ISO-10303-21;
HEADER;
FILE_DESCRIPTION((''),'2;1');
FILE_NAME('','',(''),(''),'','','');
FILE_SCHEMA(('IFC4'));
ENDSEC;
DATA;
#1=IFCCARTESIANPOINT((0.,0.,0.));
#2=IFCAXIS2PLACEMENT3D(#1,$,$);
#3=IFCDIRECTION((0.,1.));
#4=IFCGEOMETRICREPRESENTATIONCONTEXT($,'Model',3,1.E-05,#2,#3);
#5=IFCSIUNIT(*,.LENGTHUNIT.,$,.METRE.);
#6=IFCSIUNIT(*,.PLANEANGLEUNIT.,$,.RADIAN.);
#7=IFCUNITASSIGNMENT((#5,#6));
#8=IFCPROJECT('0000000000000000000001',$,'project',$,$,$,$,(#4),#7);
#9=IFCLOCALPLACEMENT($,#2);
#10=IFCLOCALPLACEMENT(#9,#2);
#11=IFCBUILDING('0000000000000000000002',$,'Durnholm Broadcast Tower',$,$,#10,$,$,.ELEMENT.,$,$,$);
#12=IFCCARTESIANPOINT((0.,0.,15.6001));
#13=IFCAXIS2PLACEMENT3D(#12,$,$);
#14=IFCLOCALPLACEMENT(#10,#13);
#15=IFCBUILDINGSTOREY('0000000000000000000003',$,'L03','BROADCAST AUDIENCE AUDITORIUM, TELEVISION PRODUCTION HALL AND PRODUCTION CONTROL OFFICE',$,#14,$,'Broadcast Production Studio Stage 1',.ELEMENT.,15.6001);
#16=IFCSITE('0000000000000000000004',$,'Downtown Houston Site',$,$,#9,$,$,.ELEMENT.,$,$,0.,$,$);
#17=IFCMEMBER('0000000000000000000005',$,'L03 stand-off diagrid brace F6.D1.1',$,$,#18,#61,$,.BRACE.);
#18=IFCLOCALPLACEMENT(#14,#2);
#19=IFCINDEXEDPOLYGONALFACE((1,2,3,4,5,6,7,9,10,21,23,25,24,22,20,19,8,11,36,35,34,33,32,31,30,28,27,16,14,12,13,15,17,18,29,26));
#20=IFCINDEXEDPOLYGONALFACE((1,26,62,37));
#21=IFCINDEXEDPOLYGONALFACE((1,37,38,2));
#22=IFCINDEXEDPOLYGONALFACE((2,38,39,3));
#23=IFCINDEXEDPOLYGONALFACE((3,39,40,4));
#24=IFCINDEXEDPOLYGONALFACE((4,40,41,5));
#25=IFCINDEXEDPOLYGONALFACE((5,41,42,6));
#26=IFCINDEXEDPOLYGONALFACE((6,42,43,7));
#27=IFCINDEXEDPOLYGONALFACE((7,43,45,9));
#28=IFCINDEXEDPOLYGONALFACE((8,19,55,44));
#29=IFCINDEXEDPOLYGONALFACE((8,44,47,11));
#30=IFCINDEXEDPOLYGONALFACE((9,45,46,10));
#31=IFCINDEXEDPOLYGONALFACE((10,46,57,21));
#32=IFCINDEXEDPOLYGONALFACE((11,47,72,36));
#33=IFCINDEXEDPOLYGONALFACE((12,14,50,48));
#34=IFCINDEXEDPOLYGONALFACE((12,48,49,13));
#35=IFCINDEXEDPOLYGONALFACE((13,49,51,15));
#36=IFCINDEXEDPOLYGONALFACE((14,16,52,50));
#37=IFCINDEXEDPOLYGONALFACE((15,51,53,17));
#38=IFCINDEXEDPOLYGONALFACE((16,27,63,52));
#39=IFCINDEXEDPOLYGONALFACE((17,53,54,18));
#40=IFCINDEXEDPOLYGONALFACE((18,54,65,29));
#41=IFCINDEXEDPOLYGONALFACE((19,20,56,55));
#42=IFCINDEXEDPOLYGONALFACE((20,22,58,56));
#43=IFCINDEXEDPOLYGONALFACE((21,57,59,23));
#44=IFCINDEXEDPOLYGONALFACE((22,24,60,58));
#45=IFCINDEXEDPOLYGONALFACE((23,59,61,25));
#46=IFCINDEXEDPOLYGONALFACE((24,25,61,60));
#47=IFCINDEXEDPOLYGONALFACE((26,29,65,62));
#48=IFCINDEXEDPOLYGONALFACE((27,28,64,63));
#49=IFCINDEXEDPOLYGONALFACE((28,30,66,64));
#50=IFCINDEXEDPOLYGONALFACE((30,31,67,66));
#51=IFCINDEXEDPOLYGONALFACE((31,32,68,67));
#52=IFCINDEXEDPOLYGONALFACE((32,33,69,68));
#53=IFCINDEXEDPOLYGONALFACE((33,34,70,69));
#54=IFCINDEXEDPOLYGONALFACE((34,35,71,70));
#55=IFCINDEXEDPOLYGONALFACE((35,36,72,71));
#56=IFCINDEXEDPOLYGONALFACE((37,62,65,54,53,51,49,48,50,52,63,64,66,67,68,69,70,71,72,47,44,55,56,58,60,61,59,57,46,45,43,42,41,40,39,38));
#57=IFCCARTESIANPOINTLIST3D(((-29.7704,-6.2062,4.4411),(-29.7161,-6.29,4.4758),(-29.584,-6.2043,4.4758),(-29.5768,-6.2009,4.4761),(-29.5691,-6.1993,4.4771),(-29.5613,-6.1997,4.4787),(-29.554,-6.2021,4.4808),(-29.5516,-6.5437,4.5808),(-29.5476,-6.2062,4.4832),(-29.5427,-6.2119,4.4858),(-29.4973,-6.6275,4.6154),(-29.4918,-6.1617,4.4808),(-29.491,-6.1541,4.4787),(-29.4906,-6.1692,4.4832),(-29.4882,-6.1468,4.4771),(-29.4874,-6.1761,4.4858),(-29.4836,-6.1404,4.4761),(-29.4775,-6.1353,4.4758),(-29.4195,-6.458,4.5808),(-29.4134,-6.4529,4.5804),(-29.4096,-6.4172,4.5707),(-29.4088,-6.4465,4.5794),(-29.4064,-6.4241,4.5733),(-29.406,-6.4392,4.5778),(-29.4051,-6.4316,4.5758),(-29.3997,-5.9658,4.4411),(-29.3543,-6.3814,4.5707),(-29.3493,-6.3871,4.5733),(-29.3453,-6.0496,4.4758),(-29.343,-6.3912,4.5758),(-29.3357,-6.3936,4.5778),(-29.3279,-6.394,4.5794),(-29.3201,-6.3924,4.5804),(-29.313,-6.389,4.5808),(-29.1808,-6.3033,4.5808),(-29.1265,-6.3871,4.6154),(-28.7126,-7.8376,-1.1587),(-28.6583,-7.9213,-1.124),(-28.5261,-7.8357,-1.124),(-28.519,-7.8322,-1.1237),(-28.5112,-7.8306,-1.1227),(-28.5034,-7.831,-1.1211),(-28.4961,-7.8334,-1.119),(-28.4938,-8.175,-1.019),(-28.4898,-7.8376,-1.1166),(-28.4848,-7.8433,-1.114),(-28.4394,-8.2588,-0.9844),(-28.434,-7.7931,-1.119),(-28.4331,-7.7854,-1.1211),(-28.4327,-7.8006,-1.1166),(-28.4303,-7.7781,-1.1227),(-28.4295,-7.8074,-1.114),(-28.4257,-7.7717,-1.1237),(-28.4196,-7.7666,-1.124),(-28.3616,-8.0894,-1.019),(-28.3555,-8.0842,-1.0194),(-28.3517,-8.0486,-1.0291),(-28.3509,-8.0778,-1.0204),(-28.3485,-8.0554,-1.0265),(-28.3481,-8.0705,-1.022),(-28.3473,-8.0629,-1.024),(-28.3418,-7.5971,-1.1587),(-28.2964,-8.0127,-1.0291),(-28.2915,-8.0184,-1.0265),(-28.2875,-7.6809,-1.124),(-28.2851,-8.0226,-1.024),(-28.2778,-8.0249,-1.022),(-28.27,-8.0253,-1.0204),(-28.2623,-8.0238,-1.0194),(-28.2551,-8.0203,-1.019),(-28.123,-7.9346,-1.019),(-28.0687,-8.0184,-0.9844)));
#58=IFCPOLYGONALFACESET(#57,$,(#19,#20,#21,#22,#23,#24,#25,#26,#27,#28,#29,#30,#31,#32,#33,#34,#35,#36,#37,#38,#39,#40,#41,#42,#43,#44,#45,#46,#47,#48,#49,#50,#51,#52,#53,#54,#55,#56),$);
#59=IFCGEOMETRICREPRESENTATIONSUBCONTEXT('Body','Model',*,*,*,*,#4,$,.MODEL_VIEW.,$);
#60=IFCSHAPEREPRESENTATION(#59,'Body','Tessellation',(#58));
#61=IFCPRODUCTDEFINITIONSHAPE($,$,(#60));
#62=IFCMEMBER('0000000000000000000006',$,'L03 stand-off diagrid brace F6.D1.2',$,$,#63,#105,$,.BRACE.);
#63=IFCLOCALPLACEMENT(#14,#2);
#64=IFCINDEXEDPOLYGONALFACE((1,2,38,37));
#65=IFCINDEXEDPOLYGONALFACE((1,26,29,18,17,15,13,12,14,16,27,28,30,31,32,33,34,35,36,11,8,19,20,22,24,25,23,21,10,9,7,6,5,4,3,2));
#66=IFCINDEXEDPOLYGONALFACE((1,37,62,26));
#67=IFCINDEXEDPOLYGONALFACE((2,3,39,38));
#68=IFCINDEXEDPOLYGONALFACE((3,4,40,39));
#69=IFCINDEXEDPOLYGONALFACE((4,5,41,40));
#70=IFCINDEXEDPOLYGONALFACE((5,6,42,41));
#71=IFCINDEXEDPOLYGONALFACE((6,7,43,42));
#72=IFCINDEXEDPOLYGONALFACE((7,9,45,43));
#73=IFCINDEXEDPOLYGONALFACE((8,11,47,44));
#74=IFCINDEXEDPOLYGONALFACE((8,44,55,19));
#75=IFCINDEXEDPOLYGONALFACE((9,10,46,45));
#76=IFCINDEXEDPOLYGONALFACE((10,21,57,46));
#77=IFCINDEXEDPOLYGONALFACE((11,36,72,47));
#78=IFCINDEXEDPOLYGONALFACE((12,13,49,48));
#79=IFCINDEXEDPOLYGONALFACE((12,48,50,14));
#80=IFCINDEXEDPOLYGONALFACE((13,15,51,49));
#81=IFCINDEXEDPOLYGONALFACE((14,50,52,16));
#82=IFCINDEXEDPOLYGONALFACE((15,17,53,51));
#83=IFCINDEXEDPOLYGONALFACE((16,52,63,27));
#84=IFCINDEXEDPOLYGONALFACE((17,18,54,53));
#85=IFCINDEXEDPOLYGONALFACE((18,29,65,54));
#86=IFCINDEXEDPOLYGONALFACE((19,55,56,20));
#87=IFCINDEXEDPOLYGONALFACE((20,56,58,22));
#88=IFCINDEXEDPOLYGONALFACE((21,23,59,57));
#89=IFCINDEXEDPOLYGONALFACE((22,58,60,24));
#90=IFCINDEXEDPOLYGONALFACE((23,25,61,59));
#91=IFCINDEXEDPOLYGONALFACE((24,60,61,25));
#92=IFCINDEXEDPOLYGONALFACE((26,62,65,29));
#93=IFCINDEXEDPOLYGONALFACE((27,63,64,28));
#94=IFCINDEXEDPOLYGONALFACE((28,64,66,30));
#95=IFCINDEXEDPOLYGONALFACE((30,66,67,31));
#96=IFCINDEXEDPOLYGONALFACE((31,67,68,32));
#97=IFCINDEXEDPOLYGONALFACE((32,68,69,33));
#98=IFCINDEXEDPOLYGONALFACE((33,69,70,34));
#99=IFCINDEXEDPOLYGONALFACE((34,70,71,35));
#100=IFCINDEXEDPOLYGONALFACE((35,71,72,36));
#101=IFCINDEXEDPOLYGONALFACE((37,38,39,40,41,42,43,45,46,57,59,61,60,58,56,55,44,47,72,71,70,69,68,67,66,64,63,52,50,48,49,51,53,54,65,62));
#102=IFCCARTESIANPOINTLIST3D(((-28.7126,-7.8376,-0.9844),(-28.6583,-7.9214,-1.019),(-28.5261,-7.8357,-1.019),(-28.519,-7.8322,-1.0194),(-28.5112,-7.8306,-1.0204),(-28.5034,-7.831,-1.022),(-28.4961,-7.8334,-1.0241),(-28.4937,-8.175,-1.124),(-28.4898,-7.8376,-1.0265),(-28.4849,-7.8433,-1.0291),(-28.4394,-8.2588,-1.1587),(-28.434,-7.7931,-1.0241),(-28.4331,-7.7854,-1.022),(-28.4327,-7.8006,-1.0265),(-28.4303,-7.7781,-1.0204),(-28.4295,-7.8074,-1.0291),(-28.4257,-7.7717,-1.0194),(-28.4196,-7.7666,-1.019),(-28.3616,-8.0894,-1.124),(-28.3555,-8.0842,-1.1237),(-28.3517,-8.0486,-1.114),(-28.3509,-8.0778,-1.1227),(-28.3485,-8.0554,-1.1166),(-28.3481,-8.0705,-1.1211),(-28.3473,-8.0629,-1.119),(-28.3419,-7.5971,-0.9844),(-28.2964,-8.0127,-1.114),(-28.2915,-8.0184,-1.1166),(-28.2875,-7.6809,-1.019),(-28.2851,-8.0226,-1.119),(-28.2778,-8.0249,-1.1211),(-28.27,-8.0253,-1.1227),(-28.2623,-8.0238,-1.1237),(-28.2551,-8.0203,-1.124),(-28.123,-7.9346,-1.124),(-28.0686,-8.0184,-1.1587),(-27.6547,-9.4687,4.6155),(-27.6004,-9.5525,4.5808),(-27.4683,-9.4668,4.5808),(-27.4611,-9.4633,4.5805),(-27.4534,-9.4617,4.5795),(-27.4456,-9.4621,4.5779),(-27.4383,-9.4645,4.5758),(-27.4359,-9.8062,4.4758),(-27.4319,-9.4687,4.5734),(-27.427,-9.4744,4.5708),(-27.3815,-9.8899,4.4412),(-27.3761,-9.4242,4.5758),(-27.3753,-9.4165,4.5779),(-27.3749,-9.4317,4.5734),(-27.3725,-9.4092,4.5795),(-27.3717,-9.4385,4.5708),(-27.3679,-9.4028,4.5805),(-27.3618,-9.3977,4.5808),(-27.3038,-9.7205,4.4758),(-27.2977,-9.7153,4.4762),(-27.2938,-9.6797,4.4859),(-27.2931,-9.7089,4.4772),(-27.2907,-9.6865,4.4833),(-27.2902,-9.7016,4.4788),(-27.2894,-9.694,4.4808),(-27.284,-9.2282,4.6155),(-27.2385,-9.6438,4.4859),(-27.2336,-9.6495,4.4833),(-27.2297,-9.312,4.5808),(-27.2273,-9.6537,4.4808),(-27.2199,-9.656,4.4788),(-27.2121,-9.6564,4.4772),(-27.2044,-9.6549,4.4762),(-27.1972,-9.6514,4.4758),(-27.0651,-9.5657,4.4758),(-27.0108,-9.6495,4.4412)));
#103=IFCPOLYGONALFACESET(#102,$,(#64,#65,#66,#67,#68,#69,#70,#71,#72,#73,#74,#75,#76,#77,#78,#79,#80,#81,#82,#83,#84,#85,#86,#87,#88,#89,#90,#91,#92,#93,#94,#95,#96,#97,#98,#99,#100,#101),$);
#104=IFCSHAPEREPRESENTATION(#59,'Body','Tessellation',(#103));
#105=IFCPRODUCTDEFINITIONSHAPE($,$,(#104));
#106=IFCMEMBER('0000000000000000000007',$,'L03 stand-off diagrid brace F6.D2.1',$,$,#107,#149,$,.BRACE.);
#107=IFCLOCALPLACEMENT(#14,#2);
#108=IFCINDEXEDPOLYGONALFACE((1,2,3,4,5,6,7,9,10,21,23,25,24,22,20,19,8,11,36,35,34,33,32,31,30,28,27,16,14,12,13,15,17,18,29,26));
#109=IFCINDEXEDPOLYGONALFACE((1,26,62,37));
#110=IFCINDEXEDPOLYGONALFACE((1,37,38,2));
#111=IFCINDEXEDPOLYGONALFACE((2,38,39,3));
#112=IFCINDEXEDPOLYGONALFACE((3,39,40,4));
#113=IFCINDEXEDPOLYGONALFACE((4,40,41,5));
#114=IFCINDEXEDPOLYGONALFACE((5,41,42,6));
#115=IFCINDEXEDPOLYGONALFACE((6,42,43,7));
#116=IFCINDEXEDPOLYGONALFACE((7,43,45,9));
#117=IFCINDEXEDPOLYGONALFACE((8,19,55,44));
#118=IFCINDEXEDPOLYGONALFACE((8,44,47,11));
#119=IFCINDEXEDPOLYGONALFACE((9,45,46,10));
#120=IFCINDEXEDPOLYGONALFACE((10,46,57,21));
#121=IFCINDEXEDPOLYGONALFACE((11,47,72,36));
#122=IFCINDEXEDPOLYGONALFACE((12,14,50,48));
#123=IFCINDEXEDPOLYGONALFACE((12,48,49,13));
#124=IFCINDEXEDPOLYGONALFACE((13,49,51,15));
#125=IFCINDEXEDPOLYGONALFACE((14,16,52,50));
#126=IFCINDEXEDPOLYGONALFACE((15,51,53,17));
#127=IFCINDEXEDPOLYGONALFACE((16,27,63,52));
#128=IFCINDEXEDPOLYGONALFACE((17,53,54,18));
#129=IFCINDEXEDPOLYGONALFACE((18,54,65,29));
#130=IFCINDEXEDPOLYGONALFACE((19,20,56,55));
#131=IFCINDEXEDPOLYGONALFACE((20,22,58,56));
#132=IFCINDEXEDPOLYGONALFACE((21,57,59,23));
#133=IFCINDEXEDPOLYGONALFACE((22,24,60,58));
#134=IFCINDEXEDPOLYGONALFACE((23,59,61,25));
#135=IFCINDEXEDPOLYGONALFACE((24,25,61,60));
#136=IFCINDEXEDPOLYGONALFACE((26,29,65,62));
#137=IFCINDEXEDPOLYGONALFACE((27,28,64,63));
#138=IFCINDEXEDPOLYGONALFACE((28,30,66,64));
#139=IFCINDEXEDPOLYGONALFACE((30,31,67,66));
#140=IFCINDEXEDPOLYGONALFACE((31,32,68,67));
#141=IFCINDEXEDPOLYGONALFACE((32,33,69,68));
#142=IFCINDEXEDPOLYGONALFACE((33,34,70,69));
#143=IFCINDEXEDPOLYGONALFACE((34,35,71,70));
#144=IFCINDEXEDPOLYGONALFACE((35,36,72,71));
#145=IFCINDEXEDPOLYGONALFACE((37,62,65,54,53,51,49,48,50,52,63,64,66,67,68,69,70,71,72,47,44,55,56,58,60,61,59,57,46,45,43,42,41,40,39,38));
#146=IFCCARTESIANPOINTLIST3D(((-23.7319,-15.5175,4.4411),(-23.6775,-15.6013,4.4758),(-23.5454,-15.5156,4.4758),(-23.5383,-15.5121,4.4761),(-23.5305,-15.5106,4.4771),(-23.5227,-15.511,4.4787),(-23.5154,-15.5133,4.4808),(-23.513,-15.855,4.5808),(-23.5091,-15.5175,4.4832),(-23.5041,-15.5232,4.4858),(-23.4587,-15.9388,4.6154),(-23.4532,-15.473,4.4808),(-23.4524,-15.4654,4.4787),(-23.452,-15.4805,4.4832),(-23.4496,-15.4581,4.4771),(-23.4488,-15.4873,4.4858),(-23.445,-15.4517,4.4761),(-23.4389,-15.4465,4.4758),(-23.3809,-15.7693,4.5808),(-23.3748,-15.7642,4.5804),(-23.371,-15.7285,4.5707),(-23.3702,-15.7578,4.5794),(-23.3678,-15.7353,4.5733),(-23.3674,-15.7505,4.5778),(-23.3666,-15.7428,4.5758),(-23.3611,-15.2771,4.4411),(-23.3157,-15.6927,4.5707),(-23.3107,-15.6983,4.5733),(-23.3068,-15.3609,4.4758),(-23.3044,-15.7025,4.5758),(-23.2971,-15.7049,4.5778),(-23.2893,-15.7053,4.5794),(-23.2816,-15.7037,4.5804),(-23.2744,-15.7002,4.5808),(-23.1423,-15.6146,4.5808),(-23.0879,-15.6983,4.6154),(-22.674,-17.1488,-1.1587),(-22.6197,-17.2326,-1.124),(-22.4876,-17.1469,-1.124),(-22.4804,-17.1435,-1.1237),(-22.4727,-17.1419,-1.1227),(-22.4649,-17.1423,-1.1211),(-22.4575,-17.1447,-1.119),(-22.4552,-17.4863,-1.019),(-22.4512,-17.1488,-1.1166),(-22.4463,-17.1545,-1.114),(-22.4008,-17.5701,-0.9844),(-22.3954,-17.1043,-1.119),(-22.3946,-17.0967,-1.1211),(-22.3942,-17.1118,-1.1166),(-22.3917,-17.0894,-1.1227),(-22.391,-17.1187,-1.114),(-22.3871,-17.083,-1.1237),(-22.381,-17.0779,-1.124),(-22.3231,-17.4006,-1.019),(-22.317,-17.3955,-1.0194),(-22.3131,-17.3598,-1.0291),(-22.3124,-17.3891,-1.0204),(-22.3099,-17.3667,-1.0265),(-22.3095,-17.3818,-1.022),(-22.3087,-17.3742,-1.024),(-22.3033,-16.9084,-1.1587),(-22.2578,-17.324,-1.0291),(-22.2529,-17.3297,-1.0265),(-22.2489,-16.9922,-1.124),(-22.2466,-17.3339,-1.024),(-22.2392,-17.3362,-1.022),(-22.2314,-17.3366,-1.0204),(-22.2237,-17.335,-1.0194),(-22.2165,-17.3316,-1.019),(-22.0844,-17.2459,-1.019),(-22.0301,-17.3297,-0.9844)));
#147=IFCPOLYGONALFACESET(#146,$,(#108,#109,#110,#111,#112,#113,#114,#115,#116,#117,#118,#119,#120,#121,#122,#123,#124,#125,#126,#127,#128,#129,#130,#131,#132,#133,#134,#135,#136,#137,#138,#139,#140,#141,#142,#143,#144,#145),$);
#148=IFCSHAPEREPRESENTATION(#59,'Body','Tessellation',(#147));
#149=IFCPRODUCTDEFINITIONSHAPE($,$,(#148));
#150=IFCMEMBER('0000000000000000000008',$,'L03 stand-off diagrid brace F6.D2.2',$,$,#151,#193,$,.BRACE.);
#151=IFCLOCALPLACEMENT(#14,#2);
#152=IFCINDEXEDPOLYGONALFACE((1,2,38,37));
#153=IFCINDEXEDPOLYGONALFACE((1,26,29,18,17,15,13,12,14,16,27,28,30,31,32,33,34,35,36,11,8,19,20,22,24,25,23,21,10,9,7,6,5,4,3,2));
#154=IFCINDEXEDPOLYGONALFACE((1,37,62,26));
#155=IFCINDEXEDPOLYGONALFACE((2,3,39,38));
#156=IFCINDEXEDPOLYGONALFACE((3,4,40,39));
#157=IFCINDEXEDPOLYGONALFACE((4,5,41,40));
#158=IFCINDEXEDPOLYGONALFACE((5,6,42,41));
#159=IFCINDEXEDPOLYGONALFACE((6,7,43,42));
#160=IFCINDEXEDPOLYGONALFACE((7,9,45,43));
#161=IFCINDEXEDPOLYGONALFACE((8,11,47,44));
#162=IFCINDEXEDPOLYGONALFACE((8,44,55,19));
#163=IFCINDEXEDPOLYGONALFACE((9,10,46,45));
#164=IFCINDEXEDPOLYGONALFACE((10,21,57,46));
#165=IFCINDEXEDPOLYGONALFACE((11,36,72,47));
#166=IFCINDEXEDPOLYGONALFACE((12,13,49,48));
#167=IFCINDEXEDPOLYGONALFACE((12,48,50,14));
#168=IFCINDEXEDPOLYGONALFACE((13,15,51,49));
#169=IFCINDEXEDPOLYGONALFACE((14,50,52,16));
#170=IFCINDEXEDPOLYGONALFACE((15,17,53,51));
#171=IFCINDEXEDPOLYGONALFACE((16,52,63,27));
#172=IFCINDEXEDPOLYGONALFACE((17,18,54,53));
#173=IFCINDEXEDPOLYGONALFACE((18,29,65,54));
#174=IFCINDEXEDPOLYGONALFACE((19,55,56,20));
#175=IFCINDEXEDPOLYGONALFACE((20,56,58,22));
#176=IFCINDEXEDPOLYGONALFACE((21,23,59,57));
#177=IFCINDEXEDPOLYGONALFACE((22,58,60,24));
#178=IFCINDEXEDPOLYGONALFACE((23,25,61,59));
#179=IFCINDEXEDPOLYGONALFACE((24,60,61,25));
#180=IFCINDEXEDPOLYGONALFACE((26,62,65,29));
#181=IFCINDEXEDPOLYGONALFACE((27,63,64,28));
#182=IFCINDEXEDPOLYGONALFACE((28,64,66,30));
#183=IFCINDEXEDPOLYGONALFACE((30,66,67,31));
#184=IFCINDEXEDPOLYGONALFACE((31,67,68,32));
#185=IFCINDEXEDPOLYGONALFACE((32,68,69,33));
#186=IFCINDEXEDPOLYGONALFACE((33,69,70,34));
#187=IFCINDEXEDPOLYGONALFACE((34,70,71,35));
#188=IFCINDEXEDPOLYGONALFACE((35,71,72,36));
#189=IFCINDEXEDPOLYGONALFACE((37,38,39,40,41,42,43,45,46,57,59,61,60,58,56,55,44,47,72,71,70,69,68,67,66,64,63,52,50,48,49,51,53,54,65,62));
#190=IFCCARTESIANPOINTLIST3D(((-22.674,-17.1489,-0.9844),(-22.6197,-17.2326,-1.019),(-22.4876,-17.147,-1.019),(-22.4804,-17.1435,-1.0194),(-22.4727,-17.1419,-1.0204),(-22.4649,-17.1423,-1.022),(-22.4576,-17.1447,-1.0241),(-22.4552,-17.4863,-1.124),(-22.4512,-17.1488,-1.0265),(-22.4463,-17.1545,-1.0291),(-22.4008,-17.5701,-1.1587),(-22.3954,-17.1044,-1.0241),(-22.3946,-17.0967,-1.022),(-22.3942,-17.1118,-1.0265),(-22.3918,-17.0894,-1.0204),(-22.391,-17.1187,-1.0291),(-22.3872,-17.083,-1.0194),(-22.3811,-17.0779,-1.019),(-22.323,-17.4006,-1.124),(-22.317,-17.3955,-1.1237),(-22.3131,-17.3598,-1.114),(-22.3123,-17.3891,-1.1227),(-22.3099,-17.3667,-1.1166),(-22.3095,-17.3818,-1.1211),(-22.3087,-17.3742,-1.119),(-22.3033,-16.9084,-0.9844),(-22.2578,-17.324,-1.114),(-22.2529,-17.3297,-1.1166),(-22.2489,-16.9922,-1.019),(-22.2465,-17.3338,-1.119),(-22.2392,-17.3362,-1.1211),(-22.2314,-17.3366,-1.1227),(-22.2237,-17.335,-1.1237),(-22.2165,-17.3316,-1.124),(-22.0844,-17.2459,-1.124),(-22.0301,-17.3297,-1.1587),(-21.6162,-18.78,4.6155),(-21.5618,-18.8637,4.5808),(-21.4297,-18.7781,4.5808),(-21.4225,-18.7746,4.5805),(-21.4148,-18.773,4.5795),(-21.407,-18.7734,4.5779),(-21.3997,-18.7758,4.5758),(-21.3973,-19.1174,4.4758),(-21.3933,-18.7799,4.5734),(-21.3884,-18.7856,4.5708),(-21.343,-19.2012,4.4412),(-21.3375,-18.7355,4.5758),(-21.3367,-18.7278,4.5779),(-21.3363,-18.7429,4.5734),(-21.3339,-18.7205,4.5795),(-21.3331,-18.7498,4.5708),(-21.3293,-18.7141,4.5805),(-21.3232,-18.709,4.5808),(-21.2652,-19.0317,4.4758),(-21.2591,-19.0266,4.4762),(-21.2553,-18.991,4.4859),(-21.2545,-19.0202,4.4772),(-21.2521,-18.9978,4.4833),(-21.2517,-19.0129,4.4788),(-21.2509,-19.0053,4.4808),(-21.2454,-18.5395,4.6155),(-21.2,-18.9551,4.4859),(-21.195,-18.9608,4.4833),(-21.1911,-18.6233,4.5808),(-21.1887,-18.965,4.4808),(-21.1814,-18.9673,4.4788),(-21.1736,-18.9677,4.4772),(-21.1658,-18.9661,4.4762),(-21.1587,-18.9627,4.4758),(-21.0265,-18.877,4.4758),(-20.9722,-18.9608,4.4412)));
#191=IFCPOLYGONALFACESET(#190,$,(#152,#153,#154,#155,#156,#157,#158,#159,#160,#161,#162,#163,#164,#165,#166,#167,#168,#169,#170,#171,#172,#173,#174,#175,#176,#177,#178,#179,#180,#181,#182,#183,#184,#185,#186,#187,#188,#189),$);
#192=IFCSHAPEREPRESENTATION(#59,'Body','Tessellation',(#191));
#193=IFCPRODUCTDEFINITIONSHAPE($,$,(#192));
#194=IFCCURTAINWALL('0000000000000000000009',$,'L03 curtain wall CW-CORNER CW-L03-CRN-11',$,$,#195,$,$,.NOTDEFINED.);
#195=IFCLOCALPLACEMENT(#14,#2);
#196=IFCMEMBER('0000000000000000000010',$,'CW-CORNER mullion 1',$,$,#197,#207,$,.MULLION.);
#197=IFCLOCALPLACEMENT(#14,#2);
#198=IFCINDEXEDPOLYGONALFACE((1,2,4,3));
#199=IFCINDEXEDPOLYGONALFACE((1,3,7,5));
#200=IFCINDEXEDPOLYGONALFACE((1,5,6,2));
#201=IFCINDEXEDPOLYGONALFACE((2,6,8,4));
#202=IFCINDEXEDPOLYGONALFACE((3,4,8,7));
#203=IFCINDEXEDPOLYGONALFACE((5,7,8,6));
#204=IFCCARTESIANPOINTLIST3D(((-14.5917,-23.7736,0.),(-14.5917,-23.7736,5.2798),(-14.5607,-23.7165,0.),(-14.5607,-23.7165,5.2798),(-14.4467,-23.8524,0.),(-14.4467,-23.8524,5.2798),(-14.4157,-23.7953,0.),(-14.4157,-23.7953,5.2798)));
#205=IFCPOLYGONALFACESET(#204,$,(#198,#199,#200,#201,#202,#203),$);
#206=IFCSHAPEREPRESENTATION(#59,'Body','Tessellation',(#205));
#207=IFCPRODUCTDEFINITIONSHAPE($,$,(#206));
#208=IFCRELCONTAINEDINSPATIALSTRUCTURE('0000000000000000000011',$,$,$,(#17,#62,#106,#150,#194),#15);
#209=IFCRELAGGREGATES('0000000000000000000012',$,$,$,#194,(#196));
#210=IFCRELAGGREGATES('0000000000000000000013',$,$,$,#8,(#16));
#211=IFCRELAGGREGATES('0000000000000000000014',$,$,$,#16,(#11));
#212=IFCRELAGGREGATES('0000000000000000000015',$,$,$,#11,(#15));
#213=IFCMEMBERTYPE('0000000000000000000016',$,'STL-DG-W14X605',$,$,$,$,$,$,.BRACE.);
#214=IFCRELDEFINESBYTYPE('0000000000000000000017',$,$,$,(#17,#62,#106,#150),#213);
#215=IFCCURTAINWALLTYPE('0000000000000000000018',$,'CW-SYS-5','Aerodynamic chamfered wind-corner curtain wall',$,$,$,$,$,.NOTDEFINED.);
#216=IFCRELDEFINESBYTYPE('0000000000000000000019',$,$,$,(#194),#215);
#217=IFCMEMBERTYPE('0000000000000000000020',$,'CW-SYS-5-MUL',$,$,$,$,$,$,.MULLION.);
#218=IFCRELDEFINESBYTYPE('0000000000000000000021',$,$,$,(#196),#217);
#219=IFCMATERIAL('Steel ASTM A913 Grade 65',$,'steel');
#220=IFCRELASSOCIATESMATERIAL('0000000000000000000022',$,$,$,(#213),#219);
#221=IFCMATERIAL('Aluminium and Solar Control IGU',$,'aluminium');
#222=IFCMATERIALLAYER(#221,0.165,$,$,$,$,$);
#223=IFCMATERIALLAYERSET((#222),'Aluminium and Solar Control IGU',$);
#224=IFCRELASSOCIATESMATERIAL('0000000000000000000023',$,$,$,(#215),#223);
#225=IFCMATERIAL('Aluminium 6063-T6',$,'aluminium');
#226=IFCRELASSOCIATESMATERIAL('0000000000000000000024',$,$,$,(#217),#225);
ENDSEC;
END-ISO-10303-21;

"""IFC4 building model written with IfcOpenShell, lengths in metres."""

from ifc_helpers import new_model, si_unit, direction, frame, origin, origin_2d, place, context, subcontext, project, spatial, rectangle, i_section, extrude, source, transform, mapped, material, layer, layer_set, material_profile, profile_set, type_object, type_shapes, element, aggregate, save


model = new_model("IFC4")

# Units and contexts
model_context = context("Model", 3, precision=1e-05, world=origin(), true_north=direction((0.0, 1.0)))
body_context = subcontext(model_context, "Body", "Model", "MODEL_VIEW")
ifc_project = project(units=[si_unit("LENGTHUNIT", "METRE"), si_unit("PLANEANGLEUNIT", "RADIAN")], contexts=[model_context])

# Site, building, storey
site_placement = place(None, origin())
site = spatial("IfcSite", under=ifc_project, at=site_placement, Name="Downtown Houston Site", CompositionType="ELEMENT", RefElevation=0.0)
building_placement = place(site_placement, origin())
building = spatial("IfcBuilding", under=site, at=building_placement, Name="Durnholm Broadcast Tower", CompositionType="ELEMENT")
storey_placement = place(building_placement, frame((0.0, 0.0, 15.6001)))
storey = spatial("IfcBuildingStorey", under=building, at=storey_placement, Name="L03", Description="BROADCAST AUDIENCE AUDITORIUM, TELEVISION PRODUCTION HALL AND PRODUCTION CONTROL OFFICE", LongName="Broadcast Production Studio Stage 1", CompositionType="ELEMENT", Elevation=15.6001)

# Shared definitions
ifc_material_1 = material(Name="Steel ASTM A913 Grade 65", Category="steel")

# Members
ifc_material_profile_1 = material_profile(ifc_material_1, i_section(OverallWidth=0.4419, OverallDepth=0.5315, WebThickness=0.0659, FlangeThickness=0.1057, FilletRadius=0.0305, at=origin_2d()), Name="W14X605")
ifc_profile_set_1 = profile_set([ifc_material_profile_1], Name="Steel ASTM A913 Grade 65")
member_type_1 = type_object("IfcMemberType", Name="STL-DG-W14X605", PredefinedType="BRACE", material=ifc_profile_set_1)
shared_shape_1 = source(origin(), body_context, "Body", "SweptSolid", [
    extrude(i_section(OverallWidth=0.4419, OverallDepth=0.5315, WebThickness=0.0659, FlangeThickness=0.1057, FilletRadius=0.0305, at=origin_2d()), origin(), (0.0, 0.0, 1.0), 5.9277),
])
type_shapes(member_type_1, [shared_shape_1])
for number, where, z_axis, x_axis, name in (
    (1, (-28.3906, -7.928, -1.0715), (-0.178458, 0.275203, 0.944678), (-0.839034, -0.544079, 0.0), "L03 stand-off diagrid brace F6.D1.1"),
    (2, (-28.3906, -7.928, -1.0715), (0.17846, -0.275165, 0.944688), (0.838997, 0.544136, 0.0), "L03 stand-off diagrid brace F6.D1.2"),
    (3, (-22.3521, -17.2393, -1.0715), (-0.178458, 0.275203, 0.944678), (-0.839034, -0.544079, 0.0), "L03 stand-off diagrid brace F6.D2.1"),
    (4, (-22.3521, -17.2393, -1.0715), (0.17846, -0.275165, 0.944688), (0.838997, 0.544136, 0.0), "L03 stand-off diagrid brace F6.D2.2"),
):
    element("IfcMember", number, at=place(storey_placement, frame(where, z_axis=z_axis, x_axis=x_axis)), inside=storey, type_object=member_type_1, Name=name, PredefinedType="BRACE", context=body_context, shape_type="MappedRepresentation", body=[
        mapped(shared_shape_1, transform((0.0, 0.0, 0.0), x_axis=(1.0, 0.0, 0.0), y_axis=(0.0, 1.0, 0.0), z_axis=(0.0, 0.0, 1.0), scale=1.0)),
    ])

# Curtain wall, member
ifc_material_2 = material(Name="Aluminium and Solar Control IGU", Category="aluminium")
ifc_layer_1 = layer(ifc_material_2, 0.165)
ifc_layer_set_1 = layer_set([ifc_layer_1], Name="Aluminium and Solar Control IGU")
curtain_wall_type_1 = type_object("IfcCurtainWallType", Name="CW-SYS-5", Description="Aerodynamic chamfered wind-corner curtain wall", PredefinedType="NOTDEFINED", material=ifc_layer_set_1)
curtain_wall_1_placement = place(storey_placement, origin())
curtain_wall_1 = element("IfcCurtainWall", 5, at=curtain_wall_1_placement, inside=storey, type_object=curtain_wall_type_1, Name="L03 curtain wall CW-CORNER CW-L03-CRN-11", PredefinedType="NOTDEFINED")
ifc_material_3 = material(Name="Aluminium 6063-T6", Category="aluminium")
ifc_material_profile_2 = material_profile(ifc_material_3, rectangle(XDim=0.0649, YDim=0.165, at=origin_2d()), Name="CWM65X165")
ifc_profile_set_2 = profile_set([ifc_material_profile_2], Name="Aluminium 6063-T6")
member_type_2 = type_object("IfcMemberType", Name="CW-SYS-5-MUL", PredefinedType="MULLION", material=ifc_profile_set_2)
shared_shape_2 = source(origin(), body_context, "Body", "SweptSolid", [
    extrude(rectangle(XDim=0.0649, YDim=0.165, at=origin_2d()), origin(), (0.0, 0.0, 1.0), 5.2798),
])
type_shapes(member_type_2, [shared_shape_2])
member_1_placement = place(storey_placement, frame((-14.5037, -23.7844, 0.0), z_axis=(0.0, 0.0, 1.0), x_axis=(-0.477442, -0.878663, 0.0)))
member_1 = element("IfcMember", 6, at=member_1_placement, type_object=member_type_2, Name="CW-CORNER mullion 1", PredefinedType="MULLION", context=body_context, shape_type="MappedRepresentation", body=[
    mapped(shared_shape_2, transform((0.0, 0.0, 0.0), x_axis=(1.0, 0.0, 0.0), y_axis=(0.0, 1.0, 0.0), z_axis=(0.0, 0.0, 1.0), scale=1.0)),
])

aggregate(curtain_wall_1, [member_1])

save(model, "model.ifc")
